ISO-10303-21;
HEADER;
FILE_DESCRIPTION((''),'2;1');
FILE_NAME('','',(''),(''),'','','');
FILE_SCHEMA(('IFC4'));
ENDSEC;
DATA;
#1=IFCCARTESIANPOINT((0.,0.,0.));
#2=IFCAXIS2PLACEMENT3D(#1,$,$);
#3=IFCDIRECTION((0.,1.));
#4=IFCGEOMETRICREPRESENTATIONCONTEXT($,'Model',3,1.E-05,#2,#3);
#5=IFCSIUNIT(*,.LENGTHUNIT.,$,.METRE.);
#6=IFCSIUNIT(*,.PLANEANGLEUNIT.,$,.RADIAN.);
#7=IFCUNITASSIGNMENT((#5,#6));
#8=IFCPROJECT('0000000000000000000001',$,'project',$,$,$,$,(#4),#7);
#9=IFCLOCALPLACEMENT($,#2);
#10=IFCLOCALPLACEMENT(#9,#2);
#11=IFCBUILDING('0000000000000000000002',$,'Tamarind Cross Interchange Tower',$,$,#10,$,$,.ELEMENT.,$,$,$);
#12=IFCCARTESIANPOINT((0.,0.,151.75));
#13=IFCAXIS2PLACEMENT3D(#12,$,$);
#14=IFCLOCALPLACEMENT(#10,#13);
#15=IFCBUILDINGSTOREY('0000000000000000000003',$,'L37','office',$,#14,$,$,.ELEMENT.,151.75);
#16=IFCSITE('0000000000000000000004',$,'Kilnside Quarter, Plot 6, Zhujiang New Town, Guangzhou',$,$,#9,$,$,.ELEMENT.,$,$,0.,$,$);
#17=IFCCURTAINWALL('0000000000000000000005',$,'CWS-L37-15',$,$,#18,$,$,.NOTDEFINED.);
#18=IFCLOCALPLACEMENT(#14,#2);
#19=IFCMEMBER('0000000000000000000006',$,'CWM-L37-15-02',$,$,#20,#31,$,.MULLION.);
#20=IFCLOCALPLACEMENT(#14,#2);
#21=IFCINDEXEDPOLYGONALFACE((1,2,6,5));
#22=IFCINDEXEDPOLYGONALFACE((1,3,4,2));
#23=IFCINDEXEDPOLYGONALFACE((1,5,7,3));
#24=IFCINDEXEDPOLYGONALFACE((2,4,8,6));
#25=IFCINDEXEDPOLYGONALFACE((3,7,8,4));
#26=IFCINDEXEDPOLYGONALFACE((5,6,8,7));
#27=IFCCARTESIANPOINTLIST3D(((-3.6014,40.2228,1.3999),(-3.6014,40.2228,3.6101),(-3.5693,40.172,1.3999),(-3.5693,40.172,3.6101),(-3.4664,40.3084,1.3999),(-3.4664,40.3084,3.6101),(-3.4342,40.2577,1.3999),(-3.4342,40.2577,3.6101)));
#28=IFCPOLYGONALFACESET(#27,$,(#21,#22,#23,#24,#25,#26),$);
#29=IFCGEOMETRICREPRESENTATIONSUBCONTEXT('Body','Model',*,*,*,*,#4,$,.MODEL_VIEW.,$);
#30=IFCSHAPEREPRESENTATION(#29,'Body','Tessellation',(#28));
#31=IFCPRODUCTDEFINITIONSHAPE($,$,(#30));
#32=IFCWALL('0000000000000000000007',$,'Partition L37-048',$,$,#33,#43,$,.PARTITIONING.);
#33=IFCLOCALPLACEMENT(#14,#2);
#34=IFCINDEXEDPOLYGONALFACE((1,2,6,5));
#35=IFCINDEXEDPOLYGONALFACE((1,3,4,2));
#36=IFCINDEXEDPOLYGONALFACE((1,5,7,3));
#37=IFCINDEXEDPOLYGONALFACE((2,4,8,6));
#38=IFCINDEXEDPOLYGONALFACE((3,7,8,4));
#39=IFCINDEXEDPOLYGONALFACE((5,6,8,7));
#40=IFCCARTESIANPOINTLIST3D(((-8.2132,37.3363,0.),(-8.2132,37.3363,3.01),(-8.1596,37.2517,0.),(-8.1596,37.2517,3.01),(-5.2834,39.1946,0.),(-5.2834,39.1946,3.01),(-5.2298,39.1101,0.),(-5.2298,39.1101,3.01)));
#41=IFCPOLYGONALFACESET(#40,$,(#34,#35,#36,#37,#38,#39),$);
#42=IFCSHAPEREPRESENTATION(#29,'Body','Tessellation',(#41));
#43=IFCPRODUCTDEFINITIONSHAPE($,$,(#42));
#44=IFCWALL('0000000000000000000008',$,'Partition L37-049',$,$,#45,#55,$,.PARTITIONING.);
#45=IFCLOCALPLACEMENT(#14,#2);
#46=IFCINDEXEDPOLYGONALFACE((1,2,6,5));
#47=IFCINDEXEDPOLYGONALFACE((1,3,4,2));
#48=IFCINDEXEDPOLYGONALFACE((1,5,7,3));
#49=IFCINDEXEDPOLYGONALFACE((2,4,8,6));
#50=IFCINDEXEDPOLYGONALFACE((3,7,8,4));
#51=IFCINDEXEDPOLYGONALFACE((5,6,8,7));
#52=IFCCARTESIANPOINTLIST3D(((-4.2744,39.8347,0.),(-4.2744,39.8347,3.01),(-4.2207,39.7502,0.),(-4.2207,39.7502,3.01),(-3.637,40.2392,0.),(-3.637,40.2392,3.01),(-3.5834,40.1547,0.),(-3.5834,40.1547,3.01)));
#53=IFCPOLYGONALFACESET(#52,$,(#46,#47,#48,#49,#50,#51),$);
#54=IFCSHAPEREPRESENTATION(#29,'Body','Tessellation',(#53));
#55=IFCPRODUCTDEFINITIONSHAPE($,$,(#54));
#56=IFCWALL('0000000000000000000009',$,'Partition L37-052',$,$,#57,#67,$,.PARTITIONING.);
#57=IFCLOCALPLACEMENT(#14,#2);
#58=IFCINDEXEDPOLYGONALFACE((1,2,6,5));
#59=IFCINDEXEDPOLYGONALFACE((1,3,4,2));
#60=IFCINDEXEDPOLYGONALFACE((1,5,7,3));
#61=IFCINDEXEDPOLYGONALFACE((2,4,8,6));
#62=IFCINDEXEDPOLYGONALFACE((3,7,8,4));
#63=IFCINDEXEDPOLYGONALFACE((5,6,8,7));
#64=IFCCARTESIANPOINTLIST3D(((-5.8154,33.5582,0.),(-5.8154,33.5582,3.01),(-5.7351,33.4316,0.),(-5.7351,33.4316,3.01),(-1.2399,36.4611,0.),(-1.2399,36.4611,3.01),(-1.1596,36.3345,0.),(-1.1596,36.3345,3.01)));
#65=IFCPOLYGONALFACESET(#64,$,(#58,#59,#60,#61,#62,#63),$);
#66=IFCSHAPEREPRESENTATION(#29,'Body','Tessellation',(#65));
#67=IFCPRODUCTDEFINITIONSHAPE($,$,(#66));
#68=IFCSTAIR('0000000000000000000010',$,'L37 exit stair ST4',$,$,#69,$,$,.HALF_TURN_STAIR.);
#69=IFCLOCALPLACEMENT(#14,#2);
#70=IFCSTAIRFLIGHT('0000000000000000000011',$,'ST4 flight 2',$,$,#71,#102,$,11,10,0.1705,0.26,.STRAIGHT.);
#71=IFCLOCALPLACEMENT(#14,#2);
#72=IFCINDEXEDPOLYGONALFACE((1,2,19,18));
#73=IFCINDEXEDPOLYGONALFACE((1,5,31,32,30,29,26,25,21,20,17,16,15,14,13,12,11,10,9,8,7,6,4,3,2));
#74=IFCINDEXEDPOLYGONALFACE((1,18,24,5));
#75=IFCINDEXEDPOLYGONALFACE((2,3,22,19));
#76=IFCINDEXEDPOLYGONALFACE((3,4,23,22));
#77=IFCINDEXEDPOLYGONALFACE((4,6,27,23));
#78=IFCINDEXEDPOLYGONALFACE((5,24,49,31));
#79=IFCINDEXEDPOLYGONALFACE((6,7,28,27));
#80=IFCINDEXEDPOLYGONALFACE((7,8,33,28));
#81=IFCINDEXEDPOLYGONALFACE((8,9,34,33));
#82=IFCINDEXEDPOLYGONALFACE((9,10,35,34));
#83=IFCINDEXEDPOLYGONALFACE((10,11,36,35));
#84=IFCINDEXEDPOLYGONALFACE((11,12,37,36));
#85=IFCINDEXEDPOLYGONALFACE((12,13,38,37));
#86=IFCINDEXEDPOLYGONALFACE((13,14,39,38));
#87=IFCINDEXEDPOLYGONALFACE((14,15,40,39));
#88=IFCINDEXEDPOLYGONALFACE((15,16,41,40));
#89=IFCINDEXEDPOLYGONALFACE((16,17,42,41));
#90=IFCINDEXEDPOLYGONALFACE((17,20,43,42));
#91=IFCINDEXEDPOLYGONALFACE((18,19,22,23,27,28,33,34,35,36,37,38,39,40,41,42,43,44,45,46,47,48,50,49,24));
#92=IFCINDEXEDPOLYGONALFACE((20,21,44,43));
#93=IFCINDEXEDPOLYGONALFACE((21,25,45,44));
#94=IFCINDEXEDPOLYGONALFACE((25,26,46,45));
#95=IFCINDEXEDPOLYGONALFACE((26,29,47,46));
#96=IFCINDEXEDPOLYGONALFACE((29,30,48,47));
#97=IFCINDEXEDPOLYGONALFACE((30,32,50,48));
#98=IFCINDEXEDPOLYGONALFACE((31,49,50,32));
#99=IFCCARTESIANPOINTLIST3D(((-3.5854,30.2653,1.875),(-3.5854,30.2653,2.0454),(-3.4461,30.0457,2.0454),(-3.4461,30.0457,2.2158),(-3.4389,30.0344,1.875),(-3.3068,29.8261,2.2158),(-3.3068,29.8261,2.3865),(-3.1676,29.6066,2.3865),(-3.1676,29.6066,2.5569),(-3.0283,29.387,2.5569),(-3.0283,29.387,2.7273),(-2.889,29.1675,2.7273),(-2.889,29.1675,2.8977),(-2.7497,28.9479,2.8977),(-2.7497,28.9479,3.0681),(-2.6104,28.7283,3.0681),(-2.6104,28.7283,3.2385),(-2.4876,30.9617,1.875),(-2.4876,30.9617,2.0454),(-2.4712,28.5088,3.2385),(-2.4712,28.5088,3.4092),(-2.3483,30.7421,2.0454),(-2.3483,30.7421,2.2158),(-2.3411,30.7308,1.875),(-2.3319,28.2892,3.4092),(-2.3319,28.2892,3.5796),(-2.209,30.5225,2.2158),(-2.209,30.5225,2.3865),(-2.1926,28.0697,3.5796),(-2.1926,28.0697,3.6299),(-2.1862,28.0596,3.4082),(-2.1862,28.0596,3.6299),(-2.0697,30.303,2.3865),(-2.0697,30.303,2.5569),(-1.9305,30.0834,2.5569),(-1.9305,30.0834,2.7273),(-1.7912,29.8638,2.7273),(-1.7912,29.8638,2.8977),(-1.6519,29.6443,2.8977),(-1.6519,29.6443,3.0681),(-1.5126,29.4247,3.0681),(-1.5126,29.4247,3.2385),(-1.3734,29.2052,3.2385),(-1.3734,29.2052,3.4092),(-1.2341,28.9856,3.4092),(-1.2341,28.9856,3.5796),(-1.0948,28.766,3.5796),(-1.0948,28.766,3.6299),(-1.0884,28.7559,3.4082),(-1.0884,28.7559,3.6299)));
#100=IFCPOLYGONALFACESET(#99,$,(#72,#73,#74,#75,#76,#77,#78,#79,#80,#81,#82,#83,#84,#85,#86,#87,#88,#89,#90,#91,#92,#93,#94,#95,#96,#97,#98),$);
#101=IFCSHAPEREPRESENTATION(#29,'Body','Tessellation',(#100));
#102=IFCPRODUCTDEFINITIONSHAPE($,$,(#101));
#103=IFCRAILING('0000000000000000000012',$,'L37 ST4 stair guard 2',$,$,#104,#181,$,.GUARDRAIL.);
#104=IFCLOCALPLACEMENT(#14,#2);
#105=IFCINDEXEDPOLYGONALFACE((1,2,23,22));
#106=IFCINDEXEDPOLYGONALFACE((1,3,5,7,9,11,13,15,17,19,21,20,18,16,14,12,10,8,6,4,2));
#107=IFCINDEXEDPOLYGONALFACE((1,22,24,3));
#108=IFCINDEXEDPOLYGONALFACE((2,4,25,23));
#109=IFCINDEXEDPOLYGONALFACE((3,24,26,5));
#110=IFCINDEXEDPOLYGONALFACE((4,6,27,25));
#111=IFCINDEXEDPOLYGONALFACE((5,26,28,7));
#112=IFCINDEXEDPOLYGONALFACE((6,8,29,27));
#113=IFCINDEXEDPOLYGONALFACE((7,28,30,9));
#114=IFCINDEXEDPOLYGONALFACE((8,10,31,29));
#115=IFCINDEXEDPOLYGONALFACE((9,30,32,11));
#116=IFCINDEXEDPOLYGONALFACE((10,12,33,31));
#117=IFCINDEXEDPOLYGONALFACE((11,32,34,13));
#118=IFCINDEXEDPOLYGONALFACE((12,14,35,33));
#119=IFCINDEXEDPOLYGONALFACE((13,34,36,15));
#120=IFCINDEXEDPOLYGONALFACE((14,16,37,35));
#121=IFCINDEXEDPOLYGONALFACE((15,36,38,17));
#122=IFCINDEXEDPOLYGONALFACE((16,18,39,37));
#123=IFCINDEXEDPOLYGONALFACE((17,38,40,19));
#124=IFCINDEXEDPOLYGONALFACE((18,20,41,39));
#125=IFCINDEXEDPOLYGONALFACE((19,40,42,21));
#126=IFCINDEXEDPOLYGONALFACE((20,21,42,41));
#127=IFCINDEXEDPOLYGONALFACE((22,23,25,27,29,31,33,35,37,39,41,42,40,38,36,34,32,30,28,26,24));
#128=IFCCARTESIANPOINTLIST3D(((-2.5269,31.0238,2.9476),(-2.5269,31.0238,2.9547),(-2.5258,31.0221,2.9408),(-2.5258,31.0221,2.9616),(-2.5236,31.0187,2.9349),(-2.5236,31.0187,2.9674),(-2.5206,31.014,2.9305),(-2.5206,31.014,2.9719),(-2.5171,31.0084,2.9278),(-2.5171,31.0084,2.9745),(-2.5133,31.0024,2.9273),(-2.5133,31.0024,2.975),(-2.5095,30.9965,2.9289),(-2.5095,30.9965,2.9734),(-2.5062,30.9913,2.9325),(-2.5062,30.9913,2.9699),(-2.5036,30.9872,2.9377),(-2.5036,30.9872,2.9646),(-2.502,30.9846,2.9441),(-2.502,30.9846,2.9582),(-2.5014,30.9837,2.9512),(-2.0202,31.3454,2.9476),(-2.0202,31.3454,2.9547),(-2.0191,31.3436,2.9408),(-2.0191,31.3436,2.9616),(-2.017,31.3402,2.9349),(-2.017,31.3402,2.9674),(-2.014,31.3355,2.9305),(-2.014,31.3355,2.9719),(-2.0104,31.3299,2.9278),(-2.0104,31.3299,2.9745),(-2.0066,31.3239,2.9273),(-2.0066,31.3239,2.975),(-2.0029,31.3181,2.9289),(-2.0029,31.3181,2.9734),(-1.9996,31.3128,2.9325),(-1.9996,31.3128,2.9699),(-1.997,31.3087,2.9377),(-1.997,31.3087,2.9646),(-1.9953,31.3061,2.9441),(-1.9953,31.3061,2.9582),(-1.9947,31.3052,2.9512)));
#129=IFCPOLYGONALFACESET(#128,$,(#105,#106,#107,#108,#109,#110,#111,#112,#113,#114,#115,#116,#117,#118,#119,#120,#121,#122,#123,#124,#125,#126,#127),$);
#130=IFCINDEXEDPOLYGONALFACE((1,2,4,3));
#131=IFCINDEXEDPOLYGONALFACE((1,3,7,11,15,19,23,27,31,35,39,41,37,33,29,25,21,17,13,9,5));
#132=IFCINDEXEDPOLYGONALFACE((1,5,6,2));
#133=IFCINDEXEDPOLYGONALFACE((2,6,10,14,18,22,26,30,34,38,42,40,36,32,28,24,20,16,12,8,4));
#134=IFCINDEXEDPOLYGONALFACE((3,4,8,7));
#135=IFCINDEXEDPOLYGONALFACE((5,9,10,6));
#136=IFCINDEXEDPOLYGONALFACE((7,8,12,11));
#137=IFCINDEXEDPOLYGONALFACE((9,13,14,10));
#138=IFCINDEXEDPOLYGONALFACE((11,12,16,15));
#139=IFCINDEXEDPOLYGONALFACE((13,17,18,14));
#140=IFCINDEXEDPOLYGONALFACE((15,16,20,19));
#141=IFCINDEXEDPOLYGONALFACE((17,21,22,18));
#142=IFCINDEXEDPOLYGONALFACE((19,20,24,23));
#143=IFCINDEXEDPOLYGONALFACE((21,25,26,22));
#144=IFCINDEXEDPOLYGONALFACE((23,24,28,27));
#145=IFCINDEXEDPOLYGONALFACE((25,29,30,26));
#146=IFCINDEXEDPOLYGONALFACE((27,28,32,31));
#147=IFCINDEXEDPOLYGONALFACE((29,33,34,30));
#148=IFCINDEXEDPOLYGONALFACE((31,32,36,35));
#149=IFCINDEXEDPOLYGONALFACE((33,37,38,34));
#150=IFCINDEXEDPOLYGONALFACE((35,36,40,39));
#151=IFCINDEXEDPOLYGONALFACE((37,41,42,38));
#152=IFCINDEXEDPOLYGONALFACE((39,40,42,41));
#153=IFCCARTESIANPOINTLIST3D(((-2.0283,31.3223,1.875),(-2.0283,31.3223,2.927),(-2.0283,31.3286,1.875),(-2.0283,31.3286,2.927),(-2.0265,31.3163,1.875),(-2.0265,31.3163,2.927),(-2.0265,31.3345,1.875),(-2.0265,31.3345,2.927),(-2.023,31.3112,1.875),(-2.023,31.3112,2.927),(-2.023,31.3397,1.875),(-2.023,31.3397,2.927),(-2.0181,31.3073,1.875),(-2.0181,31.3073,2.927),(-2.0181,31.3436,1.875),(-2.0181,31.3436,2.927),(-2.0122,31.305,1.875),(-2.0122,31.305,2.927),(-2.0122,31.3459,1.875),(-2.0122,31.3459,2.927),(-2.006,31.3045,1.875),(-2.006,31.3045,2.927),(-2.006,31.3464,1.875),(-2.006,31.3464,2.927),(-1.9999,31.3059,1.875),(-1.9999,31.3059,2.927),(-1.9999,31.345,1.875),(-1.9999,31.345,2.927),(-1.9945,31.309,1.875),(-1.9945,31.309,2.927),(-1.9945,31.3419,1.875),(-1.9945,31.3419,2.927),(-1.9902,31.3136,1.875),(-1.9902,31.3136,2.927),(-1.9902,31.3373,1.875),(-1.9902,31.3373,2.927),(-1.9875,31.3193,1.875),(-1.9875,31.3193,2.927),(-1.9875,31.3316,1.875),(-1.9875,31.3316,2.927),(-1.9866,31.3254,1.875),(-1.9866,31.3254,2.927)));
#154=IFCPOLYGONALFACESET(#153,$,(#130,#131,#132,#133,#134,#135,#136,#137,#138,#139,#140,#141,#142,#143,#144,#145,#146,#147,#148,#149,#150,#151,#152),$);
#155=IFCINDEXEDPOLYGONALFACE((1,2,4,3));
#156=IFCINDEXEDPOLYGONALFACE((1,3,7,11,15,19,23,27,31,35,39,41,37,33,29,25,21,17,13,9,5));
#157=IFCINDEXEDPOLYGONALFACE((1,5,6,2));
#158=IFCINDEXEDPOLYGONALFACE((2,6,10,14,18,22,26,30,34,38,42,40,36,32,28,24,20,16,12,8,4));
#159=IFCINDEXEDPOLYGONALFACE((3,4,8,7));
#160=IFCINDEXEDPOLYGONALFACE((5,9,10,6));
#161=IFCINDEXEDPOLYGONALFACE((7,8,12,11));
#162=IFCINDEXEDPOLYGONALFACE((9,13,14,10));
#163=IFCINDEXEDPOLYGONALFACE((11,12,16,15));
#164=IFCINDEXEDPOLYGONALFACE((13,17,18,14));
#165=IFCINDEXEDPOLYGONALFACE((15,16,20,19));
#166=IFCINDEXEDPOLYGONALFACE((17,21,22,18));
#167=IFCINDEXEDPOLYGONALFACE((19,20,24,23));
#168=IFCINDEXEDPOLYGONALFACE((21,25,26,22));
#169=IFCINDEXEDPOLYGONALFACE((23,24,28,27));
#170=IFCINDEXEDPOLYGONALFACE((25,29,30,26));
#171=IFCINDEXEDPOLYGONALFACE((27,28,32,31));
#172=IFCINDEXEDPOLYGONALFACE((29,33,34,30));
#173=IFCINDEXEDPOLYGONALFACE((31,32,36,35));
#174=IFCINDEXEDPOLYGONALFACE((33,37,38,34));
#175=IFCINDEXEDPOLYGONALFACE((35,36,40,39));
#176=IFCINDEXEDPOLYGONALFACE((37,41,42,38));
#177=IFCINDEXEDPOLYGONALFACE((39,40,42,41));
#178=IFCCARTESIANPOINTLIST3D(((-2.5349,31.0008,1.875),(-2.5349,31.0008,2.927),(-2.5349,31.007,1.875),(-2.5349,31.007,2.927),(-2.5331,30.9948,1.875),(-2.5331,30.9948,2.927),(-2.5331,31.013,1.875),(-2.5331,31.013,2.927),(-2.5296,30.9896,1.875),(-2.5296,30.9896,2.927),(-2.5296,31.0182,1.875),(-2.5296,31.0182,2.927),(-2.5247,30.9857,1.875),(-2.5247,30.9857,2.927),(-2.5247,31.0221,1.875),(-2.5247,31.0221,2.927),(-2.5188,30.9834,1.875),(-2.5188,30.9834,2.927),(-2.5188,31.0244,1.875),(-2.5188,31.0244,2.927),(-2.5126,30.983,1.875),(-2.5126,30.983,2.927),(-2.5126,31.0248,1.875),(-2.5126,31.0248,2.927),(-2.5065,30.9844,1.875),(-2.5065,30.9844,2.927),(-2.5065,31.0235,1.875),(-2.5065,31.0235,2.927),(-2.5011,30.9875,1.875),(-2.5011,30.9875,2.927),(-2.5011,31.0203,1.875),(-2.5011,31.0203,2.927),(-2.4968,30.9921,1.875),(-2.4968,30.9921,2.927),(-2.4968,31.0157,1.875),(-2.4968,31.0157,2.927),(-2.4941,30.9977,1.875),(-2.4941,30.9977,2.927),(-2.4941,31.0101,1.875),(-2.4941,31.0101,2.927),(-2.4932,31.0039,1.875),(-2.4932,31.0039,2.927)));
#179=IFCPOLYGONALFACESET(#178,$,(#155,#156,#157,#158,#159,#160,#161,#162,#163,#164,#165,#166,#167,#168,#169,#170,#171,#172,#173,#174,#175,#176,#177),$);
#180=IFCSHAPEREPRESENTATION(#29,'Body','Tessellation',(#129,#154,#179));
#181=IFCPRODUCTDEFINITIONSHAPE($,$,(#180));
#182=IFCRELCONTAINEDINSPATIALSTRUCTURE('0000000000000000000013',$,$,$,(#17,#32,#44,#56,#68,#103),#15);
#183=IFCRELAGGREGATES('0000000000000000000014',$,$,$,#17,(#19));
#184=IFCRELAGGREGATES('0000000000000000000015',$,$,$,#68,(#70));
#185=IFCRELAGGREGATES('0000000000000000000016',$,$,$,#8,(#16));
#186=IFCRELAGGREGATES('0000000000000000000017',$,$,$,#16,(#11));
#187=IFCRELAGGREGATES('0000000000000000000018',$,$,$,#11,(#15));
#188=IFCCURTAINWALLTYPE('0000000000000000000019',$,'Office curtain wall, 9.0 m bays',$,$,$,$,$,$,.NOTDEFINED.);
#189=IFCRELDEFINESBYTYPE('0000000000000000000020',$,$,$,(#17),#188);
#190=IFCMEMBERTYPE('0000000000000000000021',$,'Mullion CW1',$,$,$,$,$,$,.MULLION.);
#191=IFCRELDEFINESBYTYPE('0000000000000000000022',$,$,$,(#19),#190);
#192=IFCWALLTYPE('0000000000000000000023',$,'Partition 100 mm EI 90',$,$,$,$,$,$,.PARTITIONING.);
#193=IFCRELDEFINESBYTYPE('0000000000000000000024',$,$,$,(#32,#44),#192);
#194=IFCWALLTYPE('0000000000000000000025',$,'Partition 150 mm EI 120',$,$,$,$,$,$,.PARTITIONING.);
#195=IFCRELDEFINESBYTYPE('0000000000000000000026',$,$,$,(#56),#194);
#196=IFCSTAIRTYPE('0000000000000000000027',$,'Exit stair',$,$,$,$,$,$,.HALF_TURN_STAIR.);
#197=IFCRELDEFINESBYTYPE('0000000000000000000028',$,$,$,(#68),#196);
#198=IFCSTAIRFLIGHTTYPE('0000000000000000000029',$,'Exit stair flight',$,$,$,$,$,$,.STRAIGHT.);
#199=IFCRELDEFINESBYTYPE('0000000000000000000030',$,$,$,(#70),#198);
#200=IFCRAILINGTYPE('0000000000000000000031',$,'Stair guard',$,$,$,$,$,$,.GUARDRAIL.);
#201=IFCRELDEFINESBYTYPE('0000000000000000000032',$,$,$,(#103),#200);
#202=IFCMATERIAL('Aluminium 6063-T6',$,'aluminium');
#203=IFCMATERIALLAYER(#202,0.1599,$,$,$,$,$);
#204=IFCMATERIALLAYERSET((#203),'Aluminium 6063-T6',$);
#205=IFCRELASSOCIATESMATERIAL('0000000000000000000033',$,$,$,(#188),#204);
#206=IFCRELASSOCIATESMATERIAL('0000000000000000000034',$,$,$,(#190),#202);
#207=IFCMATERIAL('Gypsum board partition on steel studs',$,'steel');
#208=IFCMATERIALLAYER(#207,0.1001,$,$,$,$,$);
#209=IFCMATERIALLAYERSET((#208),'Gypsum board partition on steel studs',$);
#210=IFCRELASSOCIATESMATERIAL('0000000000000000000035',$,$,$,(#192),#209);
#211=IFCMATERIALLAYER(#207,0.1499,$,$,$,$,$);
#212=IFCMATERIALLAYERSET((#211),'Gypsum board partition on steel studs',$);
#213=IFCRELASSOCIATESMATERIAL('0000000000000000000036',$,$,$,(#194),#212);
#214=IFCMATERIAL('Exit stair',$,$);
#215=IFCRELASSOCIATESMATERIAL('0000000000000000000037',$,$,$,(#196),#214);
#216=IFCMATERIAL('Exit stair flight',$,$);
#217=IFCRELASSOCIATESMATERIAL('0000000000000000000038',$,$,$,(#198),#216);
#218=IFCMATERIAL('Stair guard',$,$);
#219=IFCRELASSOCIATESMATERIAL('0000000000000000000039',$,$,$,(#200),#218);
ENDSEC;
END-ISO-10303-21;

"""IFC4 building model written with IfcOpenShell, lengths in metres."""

from ifc_helpers import new_model, si_unit, direction, frame, frame_2d, origin, origin_2d, place, context, subcontext, project, spatial, polyline, rectangle, circle, outline, extrude, material, layer, layer_set, material_profile, profile_set, type_object, element, aggregate, save


model = new_model("IFC4")

# Units and contexts
model_context = context("Model", 3, precision=1e-05, world=origin(), true_north=direction((0.0, 1.0)))
body_context = subcontext(model_context, "Body", "Model", "MODEL_VIEW")
ifc_project = project(units=[si_unit("LENGTHUNIT", "METRE"), si_unit("PLANEANGLEUNIT", "RADIAN")], contexts=[model_context])

# Site, building, storey
site_placement = place(None, origin())
site = spatial("IfcSite", under=ifc_project, at=site_placement, Name="Kilnside Quarter, Plot 6, Zhujiang New Town, Guangzhou", CompositionType="ELEMENT", RefElevation=0.0)
building_placement = place(site_placement, origin())
building = spatial("IfcBuilding", under=site, at=building_placement, Name="Tamarind Cross Interchange Tower", CompositionType="ELEMENT")
storey_placement = place(building_placement, frame((0.0, 0.0, 151.75)))
storey = spatial("IfcBuildingStorey", under=building, at=storey_placement, Name="L37", Description="office", CompositionType="ELEMENT", Elevation=151.75)

# Curtain wall, member
ifc_material_1 = material(Name="Aluminium 6063-T6", Category="aluminium")
ifc_layer_1 = layer(ifc_material_1, 0.1599)
ifc_layer_set_1 = layer_set([ifc_layer_1], Name="Aluminium 6063-T6")
curtain_wall_type = type_object("IfcCurtainWallType", Name="Office curtain wall, 9.0 m bays", PredefinedType="NOTDEFINED", material=ifc_layer_set_1)
curtain_wall_placement = place(storey_placement, origin())
curtain_wall = element("IfcCurtainWall", 1, at=curtain_wall_placement, inside=storey, type_object=curtain_wall_type, Name="CWS-L37-15", PredefinedType="NOTDEFINED")
ifc_material_profile_1 = material_profile(ifc_material_1, rectangle(XDim=0.0601, YDim=0.1599, at=origin_2d()), Name="Mullion CW1")
ifc_profile_set_1 = profile_set([ifc_material_profile_1], Name="Aluminium 6063-T6")
member_type = type_object("IfcMemberType", Name="Mullion CW1", PredefinedType="MULLION", material=ifc_profile_set_1)
member_placement = place(storey_placement, frame((-3.5178, 40.2402, 1.3999), z_axis=(0.0, 0.0, 1.0), x_axis=(-0.535662, 0.844433, 0.0)))
member = element("IfcMember", 2, at=member_placement, type_object=member_type, Name="CWM-L37-15-02", PredefinedType="MULLION", context=body_context, shape_type="SweptSolid", body=[
    extrude(rectangle(XDim=0.0601, YDim=0.1599, at=origin_2d()), origin(), (0.0, 0.0, 1.0), 2.2102),
])
aggregate(curtain_wall, [member])

# Walls
ifc_material_2 = material(Name="Gypsum board partition on steel studs", Category="steel")
ifc_layer_2 = layer(ifc_material_2, 0.1001)
ifc_layer_set_2 = layer_set([ifc_layer_2], Name="Gypsum board partition on steel studs")
wall_type_1 = type_object("IfcWallType", Name="Partition 100 mm EI 90", PredefinedType="PARTITIONING", material=ifc_layer_set_2)
wall_1_placement = place(storey_placement, frame((-8.1865, 37.2939, 0.0), z_axis=(0.0, 0.0, 1.0), x_axis=(0.844457, 0.535623, 0.0)))
element("IfcWall", 3, at=wall_1_placement, inside=storey, type_object=wall_type_1, Name="Partition L37-048", PredefinedType="PARTITIONING", context=body_context, shape_type="SweptSolid", body=[
    extrude(rectangle(XDim=3.4695, YDim=0.1001, at=frame_2d((1.7349, 0.0))), origin(), (0.0, 0.0, 1.0), 3.01),
])
wall_2_placement = place(storey_placement, frame((-4.2476, 39.7925, 0.0), z_axis=(0.0, 0.0, 1.0), x_axis=(0.844327, 0.535829, 0.0)))
element("IfcWall", 4, at=wall_2_placement, inside=storey, type_object=wall_type_1, Name="Partition L37-049", PredefinedType="PARTITIONING", context=body_context, shape_type="SweptSolid", body=[
    extrude(rectangle(XDim=0.7549, YDim=0.1001, at=frame_2d((0.3774, 0.0))), origin(), (0.0, 0.0, 1.0), 3.01),
])
ifc_layer_3 = layer(ifc_material_2, 0.1499)
ifc_layer_set_3 = layer_set([ifc_layer_3], Name="Gypsum board partition on steel studs")
wall_type_2 = type_object("IfcWallType", Name="Partition 150 mm EI 120", PredefinedType="PARTITIONING", material=ifc_layer_set_3)
wall_3_placement = place(storey_placement, frame((-5.7754, 33.4949, 0.0), z_axis=(0.0, 0.0, 1.0), x_axis=(0.844397, 0.535718, 0.0)))
element("IfcWall", 5, at=wall_3_placement, inside=storey, type_object=wall_type_2, Name="Partition L37-052", PredefinedType="PARTITIONING", context=body_context, shape_type="SweptSolid", body=[
    extrude(rectangle(XDim=5.4187, YDim=0.1499, at=frame_2d((2.7095, 0.0))), origin(), (0.0, 0.0, 1.0), 3.01),
])

# Stair, stair flight
ifc_material_3 = material(Name="Exit stair")
stair_type = type_object("IfcStairType", Name="Exit stair", PredefinedType="HALF_TURN_STAIR", material=ifc_material_3)
stair_placement = place(storey_placement, origin())
stair = element("IfcStair", 6, at=stair_placement, inside=storey, type_object=stair_type, Name="L37 exit stair ST4", PredefinedType="HALF_TURN_STAIR")
ifc_material_4 = material(Name="Exit stair flight")
stair_flight_type = type_object("IfcStairFlightType", Name="Exit stair flight", PredefinedType="STRAIGHT", material=ifc_material_4)
stair_flight_placement = place(storey_placement, frame((-3.0364, 30.6135, 1.875), z_axis=(0.0, 0.0, 1.0), x_axis=(0.535662, -0.844433, 0.0)))
stair_flight = element("IfcStairFlight", 7, at=stair_flight_placement, type_object=stair_flight_type, Name="ST4 flight 2", NumberOfRisers=11, NumberOfTreads=10, PredefinedType="STRAIGHT", RiserHeight=0.1705, TreadLength=0.26, context=body_context, shape_type="SweptSolid", body=[
    extrude(outline(polyline([(0.0, 0.0), (0.0, 0.1704), (0.26, 0.1704), (0.26, 0.3408), (0.52, 0.3408), (0.52, 0.5115), (0.78, 0.5115), (0.78, 0.6819), (1.04, 0.6819), (1.04, 0.8523), (1.3, 0.8523), (1.3, 1.0227), (1.5601, 1.0227), (1.5601, 1.1931), (1.8201, 1.1931), (1.8201, 1.3635), (2.0801, 1.3635), (2.0801, 1.5342), (2.3401, 1.5342), (2.3401, 1.7046), (2.6001, 1.7046), (2.6001, 1.7549), (2.6121, 1.7549), (2.6121, 1.5332), (0.2734, 0.0), (0.0, 0.0)])), frame((0.0, 0.6499, 0.0), z_axis=(0.0, -1.0, 0.0), x_axis=(1.0, 0.0, 0.0)), (0.0, 0.0, 1.0), 1.3),
])
aggregate(stair, [stair_flight])

# Railing
ifc_material_5 = material(Name="Stair guard")
railing_type = type_object("IfcRailingType", Name="Stair guard", PredefinedType="GUARDRAIL", material=ifc_material_5)
railing_1_placement = place(storey_placement, frame((-2.0076, 31.3254, 1.875)))
element("IfcRailing", 8, at=railing_1_placement, inside=storey, type_object=railing_type, Name="L37 ST4 stair guard 2", PredefinedType="GUARDRAIL", context=body_context, shape_type="SweptSolid", body=[
    extrude(circle(Radius=0.0239, at=origin_2d()), frame((0.0, 0.0, 1.0762), z_axis=(-0.844298, -0.535875, 0.0), x_axis=(0.535875, -0.844298, 0.0)), (0.0, 0.0, 1.0), 0.6001),
    extrude(circle(Radius=0.021, at=origin_2d()), origin(), (0.0, 0.0, 1.0), 1.052),
    extrude(circle(Radius=0.021, at=origin_2d()), frame((-0.5066, -0.3215, 0.0)), (0.0, 0.0, 1.0), 1.052),
])

save(model, "model.ifc")
